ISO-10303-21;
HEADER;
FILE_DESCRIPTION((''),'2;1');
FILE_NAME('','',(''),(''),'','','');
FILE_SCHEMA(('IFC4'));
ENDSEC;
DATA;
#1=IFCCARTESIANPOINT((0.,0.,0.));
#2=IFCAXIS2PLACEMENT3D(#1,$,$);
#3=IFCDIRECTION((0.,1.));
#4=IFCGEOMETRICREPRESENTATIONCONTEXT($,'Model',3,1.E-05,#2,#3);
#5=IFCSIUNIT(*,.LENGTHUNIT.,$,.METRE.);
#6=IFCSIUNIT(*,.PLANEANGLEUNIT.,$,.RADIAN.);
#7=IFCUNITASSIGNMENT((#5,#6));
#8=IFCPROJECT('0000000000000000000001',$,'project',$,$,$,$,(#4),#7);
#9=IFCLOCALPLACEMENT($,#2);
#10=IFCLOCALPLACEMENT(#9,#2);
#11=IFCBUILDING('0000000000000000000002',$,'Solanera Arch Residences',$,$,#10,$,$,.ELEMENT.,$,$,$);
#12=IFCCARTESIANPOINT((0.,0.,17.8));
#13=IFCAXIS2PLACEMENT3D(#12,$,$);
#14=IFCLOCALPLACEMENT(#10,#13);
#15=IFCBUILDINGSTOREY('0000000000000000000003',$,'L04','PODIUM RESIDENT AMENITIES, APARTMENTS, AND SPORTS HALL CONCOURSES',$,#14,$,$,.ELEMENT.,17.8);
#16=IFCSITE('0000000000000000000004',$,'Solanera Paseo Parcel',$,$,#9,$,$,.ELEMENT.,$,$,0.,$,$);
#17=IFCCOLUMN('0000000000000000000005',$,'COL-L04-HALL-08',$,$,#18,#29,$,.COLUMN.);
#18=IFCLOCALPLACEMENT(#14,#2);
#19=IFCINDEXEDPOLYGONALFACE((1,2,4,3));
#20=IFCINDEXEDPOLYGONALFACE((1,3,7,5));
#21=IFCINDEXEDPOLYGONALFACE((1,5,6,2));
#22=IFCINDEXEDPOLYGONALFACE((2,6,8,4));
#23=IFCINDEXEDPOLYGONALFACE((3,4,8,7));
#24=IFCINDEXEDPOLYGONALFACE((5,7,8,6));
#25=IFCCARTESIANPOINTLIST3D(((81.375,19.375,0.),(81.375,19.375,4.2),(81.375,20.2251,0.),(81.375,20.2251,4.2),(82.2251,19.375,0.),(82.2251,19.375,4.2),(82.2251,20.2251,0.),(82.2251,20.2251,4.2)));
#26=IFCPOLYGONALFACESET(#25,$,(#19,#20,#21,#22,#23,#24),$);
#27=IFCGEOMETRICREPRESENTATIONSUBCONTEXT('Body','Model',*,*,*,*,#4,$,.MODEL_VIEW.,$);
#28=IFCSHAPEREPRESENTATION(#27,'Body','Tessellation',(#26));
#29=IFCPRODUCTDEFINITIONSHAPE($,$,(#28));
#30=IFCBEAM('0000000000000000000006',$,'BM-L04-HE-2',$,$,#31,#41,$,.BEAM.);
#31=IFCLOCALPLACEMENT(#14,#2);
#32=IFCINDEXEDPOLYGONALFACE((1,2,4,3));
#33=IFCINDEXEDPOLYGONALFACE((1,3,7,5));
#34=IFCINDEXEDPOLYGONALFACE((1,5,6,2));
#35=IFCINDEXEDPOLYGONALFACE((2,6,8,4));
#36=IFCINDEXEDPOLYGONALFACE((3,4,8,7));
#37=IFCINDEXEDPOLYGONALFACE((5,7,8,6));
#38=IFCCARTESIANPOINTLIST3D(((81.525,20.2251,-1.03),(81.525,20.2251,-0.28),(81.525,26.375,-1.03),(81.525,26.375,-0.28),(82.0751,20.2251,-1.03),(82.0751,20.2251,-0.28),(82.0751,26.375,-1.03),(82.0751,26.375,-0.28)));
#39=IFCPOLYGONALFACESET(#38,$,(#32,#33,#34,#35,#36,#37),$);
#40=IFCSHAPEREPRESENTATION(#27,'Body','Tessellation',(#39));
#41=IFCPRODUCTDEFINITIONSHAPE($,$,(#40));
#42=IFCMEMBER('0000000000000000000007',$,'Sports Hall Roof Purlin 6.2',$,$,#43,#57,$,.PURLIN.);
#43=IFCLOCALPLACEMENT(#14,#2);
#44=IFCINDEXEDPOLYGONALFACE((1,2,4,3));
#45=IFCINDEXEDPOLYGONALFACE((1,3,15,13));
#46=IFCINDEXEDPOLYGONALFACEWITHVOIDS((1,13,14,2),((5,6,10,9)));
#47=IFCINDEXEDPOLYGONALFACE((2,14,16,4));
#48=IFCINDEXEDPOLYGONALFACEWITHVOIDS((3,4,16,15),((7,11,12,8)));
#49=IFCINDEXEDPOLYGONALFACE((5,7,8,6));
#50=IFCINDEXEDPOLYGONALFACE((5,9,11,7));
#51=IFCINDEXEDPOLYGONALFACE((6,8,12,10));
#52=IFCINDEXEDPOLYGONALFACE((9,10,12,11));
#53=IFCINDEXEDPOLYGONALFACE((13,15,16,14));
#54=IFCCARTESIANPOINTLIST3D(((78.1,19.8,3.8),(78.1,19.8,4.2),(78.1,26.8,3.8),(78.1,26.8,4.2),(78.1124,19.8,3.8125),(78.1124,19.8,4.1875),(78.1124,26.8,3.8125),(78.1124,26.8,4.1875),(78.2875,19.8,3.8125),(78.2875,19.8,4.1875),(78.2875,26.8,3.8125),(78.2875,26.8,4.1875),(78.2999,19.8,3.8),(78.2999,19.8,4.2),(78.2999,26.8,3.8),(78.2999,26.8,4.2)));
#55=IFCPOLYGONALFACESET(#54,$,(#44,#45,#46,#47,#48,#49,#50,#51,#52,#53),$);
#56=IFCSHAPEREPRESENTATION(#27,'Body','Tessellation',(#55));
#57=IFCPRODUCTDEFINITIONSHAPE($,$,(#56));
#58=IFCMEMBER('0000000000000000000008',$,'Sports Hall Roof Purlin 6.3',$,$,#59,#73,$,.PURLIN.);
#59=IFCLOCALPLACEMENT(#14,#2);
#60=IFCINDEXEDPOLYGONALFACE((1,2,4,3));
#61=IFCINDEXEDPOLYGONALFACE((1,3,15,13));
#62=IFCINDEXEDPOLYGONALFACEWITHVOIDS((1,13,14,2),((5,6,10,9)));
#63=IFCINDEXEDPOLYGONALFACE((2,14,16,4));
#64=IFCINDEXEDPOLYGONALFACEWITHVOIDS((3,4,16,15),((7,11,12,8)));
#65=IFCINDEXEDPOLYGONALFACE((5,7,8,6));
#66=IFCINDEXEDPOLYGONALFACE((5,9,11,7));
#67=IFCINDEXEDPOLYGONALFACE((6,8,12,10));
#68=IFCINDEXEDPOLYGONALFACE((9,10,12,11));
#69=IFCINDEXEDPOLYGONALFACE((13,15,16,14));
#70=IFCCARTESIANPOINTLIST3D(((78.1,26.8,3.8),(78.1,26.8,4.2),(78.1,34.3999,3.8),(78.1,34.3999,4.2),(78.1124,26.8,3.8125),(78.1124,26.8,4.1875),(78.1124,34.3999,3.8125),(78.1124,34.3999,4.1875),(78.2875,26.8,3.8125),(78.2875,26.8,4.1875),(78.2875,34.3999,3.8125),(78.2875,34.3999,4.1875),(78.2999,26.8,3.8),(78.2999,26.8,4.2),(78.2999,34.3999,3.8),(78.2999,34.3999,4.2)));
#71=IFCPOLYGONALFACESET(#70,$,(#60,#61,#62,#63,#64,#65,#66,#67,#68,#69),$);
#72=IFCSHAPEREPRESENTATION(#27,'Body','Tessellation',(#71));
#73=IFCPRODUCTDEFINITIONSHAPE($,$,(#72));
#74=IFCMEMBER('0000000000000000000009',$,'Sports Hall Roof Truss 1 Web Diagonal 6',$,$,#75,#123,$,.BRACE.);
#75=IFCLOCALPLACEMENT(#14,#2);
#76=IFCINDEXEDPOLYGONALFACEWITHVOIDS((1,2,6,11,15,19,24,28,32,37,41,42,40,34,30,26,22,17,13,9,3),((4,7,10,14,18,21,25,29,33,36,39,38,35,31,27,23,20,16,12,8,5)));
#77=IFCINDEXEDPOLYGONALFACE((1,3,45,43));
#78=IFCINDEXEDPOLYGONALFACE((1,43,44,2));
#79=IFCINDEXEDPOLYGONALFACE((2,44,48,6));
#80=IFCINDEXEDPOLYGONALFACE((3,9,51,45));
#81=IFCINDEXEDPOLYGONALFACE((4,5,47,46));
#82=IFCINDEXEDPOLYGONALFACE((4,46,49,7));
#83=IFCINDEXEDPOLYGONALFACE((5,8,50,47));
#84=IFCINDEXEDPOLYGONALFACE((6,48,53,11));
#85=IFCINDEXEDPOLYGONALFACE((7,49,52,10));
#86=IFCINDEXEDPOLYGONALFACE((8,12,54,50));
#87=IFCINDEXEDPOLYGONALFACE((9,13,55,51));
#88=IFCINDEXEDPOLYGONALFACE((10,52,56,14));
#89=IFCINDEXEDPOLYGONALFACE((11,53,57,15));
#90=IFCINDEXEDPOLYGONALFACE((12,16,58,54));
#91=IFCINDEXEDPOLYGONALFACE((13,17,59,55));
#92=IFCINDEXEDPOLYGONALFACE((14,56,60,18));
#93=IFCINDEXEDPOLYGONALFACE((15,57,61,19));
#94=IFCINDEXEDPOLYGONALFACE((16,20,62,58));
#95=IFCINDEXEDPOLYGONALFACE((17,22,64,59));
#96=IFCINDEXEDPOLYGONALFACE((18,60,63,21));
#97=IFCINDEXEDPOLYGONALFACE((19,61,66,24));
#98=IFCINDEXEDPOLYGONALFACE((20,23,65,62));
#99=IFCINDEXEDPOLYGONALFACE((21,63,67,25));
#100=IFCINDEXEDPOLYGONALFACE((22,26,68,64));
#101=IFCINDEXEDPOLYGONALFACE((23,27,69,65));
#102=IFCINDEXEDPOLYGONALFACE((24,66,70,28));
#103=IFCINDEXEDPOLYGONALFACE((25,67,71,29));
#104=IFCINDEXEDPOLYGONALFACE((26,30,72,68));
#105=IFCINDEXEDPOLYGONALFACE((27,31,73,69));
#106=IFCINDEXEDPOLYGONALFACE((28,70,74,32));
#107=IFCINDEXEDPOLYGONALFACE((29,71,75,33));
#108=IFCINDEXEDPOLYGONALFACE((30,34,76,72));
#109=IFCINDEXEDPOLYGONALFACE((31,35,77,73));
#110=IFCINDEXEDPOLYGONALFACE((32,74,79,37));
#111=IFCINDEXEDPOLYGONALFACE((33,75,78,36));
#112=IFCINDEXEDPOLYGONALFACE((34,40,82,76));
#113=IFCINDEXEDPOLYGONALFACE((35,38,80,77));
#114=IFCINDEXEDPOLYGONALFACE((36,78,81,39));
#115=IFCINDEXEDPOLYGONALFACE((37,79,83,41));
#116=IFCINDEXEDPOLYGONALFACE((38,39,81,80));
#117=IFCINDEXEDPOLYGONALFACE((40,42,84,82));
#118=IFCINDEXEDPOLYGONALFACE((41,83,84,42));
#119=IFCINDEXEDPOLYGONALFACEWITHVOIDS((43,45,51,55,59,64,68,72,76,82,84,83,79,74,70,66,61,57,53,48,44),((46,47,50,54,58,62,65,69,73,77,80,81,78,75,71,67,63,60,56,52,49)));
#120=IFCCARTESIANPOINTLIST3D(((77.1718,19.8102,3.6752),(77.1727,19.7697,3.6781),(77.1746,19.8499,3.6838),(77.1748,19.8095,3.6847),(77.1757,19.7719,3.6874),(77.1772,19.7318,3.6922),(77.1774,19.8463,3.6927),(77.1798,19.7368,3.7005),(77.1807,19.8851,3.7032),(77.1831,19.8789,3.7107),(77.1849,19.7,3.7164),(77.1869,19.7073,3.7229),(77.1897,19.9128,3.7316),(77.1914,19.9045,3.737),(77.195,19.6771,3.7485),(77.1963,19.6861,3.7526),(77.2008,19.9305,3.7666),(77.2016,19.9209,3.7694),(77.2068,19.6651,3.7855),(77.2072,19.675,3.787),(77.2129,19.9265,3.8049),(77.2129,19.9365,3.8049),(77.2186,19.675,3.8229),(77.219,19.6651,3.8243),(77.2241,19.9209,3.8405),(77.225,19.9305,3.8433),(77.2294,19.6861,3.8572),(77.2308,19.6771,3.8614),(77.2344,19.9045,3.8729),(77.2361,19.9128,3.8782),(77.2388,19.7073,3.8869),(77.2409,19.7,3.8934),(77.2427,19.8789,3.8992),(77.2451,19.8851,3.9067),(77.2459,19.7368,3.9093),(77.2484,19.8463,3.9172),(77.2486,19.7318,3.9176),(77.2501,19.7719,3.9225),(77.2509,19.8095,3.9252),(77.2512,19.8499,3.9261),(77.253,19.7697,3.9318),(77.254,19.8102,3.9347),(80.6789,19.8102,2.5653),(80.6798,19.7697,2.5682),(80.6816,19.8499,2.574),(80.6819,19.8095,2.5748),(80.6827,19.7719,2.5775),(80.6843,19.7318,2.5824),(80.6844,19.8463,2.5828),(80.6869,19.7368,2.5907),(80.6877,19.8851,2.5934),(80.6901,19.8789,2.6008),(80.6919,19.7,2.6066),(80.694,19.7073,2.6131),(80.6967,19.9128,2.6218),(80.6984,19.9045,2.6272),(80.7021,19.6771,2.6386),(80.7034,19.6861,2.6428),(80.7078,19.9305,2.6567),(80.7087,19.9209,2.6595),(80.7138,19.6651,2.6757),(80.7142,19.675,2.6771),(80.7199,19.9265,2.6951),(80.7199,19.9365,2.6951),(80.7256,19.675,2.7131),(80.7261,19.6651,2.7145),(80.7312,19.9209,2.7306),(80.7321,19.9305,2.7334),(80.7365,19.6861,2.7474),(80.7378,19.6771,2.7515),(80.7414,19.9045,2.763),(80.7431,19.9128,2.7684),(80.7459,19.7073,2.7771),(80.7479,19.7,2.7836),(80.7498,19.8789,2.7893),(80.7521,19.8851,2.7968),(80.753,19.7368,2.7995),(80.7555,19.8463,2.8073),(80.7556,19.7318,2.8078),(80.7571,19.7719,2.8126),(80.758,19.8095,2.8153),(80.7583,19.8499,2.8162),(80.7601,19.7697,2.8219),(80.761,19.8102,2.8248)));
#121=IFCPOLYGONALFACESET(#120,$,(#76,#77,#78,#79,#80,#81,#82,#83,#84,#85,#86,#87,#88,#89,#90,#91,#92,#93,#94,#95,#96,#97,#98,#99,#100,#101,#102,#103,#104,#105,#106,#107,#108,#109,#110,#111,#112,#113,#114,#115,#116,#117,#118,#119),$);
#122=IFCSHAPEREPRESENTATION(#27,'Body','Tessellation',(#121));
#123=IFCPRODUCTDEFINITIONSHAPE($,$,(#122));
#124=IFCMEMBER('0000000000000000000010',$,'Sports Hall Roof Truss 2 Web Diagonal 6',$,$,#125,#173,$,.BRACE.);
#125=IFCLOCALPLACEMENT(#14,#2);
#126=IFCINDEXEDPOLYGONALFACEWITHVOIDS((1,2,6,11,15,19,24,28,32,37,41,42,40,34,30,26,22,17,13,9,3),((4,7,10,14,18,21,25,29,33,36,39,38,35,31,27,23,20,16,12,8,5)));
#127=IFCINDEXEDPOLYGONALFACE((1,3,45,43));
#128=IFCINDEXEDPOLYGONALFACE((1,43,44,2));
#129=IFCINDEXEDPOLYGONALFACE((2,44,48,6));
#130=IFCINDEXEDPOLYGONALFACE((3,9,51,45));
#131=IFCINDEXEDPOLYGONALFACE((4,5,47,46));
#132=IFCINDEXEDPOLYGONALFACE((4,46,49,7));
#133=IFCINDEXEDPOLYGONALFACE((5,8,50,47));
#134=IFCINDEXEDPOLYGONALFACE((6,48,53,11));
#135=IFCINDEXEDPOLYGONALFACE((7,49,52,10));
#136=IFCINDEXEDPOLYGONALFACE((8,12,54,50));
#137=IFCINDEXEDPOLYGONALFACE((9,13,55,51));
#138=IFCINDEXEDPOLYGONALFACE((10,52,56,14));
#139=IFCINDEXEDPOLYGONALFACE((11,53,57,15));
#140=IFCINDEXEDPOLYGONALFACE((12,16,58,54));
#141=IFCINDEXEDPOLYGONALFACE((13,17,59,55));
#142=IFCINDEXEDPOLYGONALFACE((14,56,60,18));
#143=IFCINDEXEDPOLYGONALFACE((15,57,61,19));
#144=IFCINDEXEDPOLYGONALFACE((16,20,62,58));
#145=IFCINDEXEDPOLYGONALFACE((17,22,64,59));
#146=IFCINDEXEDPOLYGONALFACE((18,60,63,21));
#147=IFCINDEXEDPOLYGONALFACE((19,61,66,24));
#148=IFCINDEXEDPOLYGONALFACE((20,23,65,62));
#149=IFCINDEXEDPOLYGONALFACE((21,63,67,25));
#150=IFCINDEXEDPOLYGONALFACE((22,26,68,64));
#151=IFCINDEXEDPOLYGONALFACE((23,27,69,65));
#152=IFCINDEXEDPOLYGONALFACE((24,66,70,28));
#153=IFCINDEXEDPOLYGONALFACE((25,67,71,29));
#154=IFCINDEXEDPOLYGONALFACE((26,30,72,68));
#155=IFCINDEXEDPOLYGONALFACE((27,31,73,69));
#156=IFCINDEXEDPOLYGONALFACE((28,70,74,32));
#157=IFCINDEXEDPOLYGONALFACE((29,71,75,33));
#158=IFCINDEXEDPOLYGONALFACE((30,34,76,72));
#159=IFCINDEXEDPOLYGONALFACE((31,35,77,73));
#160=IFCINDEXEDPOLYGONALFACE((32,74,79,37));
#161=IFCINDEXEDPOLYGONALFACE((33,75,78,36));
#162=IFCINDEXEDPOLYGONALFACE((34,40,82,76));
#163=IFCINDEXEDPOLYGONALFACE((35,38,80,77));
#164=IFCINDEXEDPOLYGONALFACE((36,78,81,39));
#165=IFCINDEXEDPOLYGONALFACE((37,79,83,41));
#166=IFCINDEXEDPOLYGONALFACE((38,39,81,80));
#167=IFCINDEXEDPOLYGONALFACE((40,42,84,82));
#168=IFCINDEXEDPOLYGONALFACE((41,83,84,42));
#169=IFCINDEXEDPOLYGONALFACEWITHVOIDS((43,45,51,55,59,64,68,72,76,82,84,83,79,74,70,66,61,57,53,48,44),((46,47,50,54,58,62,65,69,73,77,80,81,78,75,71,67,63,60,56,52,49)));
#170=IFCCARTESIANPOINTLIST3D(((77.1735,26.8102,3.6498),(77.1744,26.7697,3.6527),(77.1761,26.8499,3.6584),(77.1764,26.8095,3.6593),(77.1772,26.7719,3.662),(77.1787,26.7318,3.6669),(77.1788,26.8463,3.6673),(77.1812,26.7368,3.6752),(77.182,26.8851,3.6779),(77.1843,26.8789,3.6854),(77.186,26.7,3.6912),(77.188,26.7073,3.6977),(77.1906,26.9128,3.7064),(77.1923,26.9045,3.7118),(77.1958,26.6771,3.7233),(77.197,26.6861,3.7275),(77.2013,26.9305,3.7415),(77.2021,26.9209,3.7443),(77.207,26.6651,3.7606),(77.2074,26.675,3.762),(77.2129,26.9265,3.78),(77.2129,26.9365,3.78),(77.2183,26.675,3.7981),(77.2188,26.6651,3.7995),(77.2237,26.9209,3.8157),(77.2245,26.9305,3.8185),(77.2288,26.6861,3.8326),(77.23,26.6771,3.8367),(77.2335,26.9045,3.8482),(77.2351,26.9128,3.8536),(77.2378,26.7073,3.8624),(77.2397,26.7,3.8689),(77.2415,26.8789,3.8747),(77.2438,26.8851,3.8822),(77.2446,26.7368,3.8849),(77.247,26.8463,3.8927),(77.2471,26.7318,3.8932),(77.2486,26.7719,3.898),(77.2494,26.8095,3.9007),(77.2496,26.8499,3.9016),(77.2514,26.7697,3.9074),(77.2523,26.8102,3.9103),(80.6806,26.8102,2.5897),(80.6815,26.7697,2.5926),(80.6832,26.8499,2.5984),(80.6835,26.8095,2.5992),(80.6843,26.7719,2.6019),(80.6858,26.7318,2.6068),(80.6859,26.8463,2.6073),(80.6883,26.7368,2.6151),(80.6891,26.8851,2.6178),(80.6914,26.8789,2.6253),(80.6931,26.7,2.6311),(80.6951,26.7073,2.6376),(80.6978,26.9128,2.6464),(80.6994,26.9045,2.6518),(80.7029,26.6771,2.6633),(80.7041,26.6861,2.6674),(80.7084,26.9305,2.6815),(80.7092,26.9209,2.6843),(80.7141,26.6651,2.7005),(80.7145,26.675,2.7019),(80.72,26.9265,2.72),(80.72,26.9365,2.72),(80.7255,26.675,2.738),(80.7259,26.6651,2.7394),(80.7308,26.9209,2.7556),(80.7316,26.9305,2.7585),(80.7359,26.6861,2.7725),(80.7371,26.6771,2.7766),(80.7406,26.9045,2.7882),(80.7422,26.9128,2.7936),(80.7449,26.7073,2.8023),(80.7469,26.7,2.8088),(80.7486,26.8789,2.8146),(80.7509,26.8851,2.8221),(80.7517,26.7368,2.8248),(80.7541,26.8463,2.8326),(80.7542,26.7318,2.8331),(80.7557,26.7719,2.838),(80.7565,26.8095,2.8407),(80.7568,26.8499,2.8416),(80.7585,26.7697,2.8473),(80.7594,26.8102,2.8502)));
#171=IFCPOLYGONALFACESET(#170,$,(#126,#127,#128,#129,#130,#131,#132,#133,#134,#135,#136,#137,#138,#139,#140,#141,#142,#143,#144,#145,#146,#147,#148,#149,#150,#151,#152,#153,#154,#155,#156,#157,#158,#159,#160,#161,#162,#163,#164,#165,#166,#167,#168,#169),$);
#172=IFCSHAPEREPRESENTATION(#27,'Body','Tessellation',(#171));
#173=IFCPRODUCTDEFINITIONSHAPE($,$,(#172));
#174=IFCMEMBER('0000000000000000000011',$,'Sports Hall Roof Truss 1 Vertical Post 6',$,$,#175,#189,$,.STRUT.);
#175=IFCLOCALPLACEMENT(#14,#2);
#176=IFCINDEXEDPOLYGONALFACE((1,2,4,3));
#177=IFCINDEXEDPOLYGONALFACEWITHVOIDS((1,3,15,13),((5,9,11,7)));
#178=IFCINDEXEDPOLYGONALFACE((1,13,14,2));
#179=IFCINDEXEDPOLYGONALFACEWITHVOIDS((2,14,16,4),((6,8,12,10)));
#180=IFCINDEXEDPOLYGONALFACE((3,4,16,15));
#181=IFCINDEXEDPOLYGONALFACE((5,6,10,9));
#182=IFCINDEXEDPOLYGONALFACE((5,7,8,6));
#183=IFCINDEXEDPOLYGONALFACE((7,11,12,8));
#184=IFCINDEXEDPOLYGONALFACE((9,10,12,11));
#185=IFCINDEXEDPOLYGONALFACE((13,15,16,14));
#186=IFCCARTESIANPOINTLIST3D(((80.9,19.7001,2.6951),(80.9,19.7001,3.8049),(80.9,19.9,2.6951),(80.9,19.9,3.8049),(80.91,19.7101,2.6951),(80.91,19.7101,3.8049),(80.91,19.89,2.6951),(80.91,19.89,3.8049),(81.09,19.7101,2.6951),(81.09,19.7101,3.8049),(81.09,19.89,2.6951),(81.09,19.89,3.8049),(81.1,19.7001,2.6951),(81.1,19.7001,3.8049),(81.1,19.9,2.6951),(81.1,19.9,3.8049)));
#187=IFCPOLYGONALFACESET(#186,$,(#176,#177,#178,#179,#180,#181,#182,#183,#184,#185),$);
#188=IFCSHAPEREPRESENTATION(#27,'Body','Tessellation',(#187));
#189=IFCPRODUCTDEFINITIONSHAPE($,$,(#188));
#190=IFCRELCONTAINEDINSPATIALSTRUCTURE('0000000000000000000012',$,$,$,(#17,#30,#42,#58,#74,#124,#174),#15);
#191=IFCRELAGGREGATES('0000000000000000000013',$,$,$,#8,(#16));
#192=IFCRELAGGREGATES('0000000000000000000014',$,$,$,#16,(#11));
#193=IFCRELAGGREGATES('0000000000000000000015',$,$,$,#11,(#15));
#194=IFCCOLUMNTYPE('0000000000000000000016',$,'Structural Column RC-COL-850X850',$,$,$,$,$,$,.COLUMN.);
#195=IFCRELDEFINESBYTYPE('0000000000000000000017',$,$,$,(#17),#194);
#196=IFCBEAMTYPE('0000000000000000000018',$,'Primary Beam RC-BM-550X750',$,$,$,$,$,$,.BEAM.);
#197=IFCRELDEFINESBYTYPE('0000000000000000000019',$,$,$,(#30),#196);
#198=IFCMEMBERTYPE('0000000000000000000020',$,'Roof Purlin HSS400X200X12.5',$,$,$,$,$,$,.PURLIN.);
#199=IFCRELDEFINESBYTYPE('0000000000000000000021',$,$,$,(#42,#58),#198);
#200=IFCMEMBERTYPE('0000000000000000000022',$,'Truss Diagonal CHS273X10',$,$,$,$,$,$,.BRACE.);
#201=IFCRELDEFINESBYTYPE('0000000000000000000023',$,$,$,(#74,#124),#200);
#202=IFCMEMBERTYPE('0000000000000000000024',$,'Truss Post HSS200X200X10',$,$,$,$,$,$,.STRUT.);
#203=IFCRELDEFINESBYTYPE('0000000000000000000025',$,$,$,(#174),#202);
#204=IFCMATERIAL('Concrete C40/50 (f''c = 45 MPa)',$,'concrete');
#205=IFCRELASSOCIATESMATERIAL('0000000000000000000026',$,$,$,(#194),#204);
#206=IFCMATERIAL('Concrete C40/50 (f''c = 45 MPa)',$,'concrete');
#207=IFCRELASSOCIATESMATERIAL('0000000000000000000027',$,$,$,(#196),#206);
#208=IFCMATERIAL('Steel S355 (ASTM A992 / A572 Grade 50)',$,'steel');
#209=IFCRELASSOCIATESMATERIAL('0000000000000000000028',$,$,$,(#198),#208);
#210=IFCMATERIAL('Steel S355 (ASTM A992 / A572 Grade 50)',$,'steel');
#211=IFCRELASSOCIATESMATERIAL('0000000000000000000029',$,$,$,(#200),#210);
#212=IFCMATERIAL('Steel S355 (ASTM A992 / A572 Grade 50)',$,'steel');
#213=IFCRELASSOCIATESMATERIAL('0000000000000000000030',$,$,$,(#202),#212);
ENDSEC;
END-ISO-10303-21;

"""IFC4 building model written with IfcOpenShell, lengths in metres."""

from ifc_helpers import new_model, si_unit, direction, frame, origin, origin_2d, place, context, subcontext, project, spatial, rectangle, hollow_rectangle, hollow_circle, extrude, material, material_profile, profile_set, type_object, element, save


model = new_model("IFC4")

# Units and contexts
model_context = context("Model", 3, precision=1e-05, world=origin(), true_north=direction((0.0, 1.0)))
body_context = subcontext(model_context, "Body", "Model", "MODEL_VIEW")
ifc_project = project(units=[si_unit("LENGTHUNIT", "METRE"), si_unit("PLANEANGLEUNIT", "RADIAN")], contexts=[model_context])

# Site, building, storey
site_placement = place(None, origin())
site = spatial("IfcSite", under=ifc_project, at=site_placement, Name="Solanera Paseo Parcel", CompositionType="ELEMENT", RefElevation=0.0)
building_placement = place(site_placement, origin())
building = spatial("IfcBuilding", under=site, at=building_placement, Name="Solanera Arch Residences", CompositionType="ELEMENT")
storey_placement = place(building_placement, frame((0.0, 0.0, 17.8)))
storey = spatial("IfcBuildingStorey", under=building, at=storey_placement, Name="L04", Description="PODIUM RESIDENT AMENITIES, APARTMENTS, AND SPORTS HALL CONCOURSES", CompositionType="ELEMENT", Elevation=17.8)

# Column
ifc_material_1 = material(Name="Concrete C40/50 (f'c = 45 MPa)", Category="concrete")
ifc_material_profile_1 = material_profile(ifc_material_1, rectangle(XDim=0.8501, YDim=0.8501, at=origin_2d()))
ifc_profile_set_1 = profile_set([ifc_material_profile_1], Name="Concrete C40/50 (f'c = 45 MPa)")
column_type = type_object("IfcColumnType", Name="Structural Column RC-COL-850X850", PredefinedType="COLUMN", material=ifc_profile_set_1)
column_placement = place(storey_placement, frame((81.8, 19.8, 0.0), z_axis=(0.0, 0.0, 1.0), x_axis=(1.0, 0.0, 0.0)))
element("IfcColumn", 1, at=column_placement, inside=storey, type_object=column_type, Name="COL-L04-HALL-08", PredefinedType="COLUMN", context=body_context, shape_type="SweptSolid", body=[
    extrude(rectangle(XDim=0.8501, YDim=0.8501, at=origin_2d()), origin(), (0.0, 0.0, 1.0), 4.2),
])

# Beam
ifc_material_2 = material(Name="Concrete C40/50 (f'c = 45 MPa)", Category="concrete")
ifc_material_profile_2 = material_profile(ifc_material_2, rectangle(XDim=0.55, YDim=0.75, at=origin_2d()))
ifc_profile_set_2 = profile_set([ifc_material_profile_2], Name="Concrete C40/50 (f'c = 45 MPa)")
beam_type = type_object("IfcBeamType", Name="Primary Beam RC-BM-550X750", PredefinedType="BEAM", material=ifc_profile_set_2)
beam_placement = place(storey_placement, frame((81.8, 20.2251, -0.655), z_axis=(0.0, 1.0, 0.0), x_axis=(-1.0, 0.0, 0.0)))
element("IfcBeam", 2, at=beam_placement, inside=storey, type_object=beam_type, Name="BM-L04-HE-2", PredefinedType="BEAM", context=body_context, shape_type="SweptSolid", body=[
    extrude(rectangle(XDim=0.55, YDim=0.75, at=origin_2d()), origin(), (0.0, 0.0, 1.0), 6.1499),
])

# Members
ifc_material_3 = material(Name="Steel S355 (ASTM A992 / A572 Grade 50)", Category="steel")
ifc_material_profile_3 = material_profile(ifc_material_3, hollow_rectangle(XDim=0.2, YDim=0.3999, WallThickness=0.0125, at=origin_2d()))
ifc_profile_set_3 = profile_set([ifc_material_profile_3], Name="Steel S355 (ASTM A992 / A572 Grade 50)")
member_type_1 = type_object("IfcMemberType", Name="Roof Purlin HSS400X200X12.5", PredefinedType="PURLIN", material=ifc_profile_set_3)
member_1_placement = place(storey_placement, frame((78.2, 19.8, 4.0), z_axis=(0.0, 1.0, 0.0), x_axis=(-1.0, 0.0, 0.0)))
element("IfcMember", 3, at=member_1_placement, inside=storey, type_object=member_type_1, Name="Sports Hall Roof Purlin 6.2", PredefinedType="PURLIN", context=body_context, shape_type="SweptSolid", body=[
    extrude(hollow_rectangle(XDim=0.2, YDim=0.3999, WallThickness=0.0125, at=origin_2d()), origin(), (0.0, 0.0, 1.0), 7.0),
])
member_2_placement = place(storey_placement, frame((78.2, 26.8, 4.0), z_axis=(0.0, 1.0, 0.0), x_axis=(-1.0, 0.0, 0.0)))
element("IfcMember", 4, at=member_2_placement, inside=storey, type_object=member_type_1, Name="Sports Hall Roof Purlin 6.3", PredefinedType="PURLIN", context=body_context, shape_type="SweptSolid", body=[
    extrude(hollow_rectangle(XDim=0.2, YDim=0.3999, WallThickness=0.0125, at=origin_2d()), origin(), (0.0, 0.0, 1.0), 7.5999),
])
ifc_material_4 = material(Name="Steel S355 (ASTM A992 / A572 Grade 50)", Category="steel")
ifc_material_profile_4 = material_profile(ifc_material_4, hollow_circle(Radius=0.1365, WallThickness=0.01, at=origin_2d()))
ifc_profile_set_4 = profile_set([ifc_material_profile_4], Name="Steel S355 (ASTM A992 / A572 Grade 50)")
member_type_2 = type_object("IfcMemberType", Name="Truss Diagonal CHS273X10", PredefinedType="BRACE", material=ifc_profile_set_4)
member_3_placement = place(storey_placement, frame((77.2129, 19.8, 3.8049), z_axis=(0.953398, 0.0, -0.301716), x_axis=(0.0, 1.0, 0.0)))
element("IfcMember", 5, at=member_3_placement, inside=storey, type_object=member_type_2, Name="Sports Hall Roof Truss 1 Web Diagonal 6", PredefinedType="BRACE", context=body_context, shape_type="SweptSolid", body=[
    extrude(hollow_circle(Radius=0.1365, WallThickness=0.01, at=origin_2d()), origin(), (0.0, 0.0, 1.0), 3.6785),
])
member_4_placement = place(storey_placement, frame((77.2129, 26.8, 3.78), z_axis=(0.957228, 0.0, -0.289334), x_axis=(0.0, 1.0, 0.0)))
element("IfcMember", 6, at=member_4_placement, inside=storey, type_object=member_type_2, Name="Sports Hall Roof Truss 2 Web Diagonal 6", PredefinedType="BRACE", context=body_context, shape_type="SweptSolid", body=[
    extrude(hollow_circle(Radius=0.1365, WallThickness=0.01, at=origin_2d()), origin(), (0.0, 0.0, 1.0), 3.6638),
])
ifc_material_5 = material(Name="Steel S355 (ASTM A992 / A572 Grade 50)", Category="steel")
ifc_material_profile_5 = material_profile(ifc_material_5, hollow_rectangle(XDim=0.2, YDim=0.2, WallThickness=0.01, at=origin_2d()))
ifc_profile_set_5 = profile_set([ifc_material_profile_5], Name="Steel S355 (ASTM A992 / A572 Grade 50)")
member_type_3 = type_object("IfcMemberType", Name="Truss Post HSS200X200X10", PredefinedType="STRUT", material=ifc_profile_set_5)
member_5_placement = place(storey_placement, frame((81.0, 19.8, 2.6951), z_axis=(0.0, 0.0, 1.0), x_axis=(1.0, 0.0, 0.0)))
element("IfcMember", 7, at=member_5_placement, inside=storey, type_object=member_type_3, Name="Sports Hall Roof Truss 1 Vertical Post 6", PredefinedType="STRUT", context=body_context, shape_type="SweptSolid", body=[
    extrude(hollow_rectangle(XDim=0.2, YDim=0.2, WallThickness=0.01, at=origin_2d()), origin(), (0.0, 0.0, 1.0), 1.1099),
])

save(model, "model.ifc")
